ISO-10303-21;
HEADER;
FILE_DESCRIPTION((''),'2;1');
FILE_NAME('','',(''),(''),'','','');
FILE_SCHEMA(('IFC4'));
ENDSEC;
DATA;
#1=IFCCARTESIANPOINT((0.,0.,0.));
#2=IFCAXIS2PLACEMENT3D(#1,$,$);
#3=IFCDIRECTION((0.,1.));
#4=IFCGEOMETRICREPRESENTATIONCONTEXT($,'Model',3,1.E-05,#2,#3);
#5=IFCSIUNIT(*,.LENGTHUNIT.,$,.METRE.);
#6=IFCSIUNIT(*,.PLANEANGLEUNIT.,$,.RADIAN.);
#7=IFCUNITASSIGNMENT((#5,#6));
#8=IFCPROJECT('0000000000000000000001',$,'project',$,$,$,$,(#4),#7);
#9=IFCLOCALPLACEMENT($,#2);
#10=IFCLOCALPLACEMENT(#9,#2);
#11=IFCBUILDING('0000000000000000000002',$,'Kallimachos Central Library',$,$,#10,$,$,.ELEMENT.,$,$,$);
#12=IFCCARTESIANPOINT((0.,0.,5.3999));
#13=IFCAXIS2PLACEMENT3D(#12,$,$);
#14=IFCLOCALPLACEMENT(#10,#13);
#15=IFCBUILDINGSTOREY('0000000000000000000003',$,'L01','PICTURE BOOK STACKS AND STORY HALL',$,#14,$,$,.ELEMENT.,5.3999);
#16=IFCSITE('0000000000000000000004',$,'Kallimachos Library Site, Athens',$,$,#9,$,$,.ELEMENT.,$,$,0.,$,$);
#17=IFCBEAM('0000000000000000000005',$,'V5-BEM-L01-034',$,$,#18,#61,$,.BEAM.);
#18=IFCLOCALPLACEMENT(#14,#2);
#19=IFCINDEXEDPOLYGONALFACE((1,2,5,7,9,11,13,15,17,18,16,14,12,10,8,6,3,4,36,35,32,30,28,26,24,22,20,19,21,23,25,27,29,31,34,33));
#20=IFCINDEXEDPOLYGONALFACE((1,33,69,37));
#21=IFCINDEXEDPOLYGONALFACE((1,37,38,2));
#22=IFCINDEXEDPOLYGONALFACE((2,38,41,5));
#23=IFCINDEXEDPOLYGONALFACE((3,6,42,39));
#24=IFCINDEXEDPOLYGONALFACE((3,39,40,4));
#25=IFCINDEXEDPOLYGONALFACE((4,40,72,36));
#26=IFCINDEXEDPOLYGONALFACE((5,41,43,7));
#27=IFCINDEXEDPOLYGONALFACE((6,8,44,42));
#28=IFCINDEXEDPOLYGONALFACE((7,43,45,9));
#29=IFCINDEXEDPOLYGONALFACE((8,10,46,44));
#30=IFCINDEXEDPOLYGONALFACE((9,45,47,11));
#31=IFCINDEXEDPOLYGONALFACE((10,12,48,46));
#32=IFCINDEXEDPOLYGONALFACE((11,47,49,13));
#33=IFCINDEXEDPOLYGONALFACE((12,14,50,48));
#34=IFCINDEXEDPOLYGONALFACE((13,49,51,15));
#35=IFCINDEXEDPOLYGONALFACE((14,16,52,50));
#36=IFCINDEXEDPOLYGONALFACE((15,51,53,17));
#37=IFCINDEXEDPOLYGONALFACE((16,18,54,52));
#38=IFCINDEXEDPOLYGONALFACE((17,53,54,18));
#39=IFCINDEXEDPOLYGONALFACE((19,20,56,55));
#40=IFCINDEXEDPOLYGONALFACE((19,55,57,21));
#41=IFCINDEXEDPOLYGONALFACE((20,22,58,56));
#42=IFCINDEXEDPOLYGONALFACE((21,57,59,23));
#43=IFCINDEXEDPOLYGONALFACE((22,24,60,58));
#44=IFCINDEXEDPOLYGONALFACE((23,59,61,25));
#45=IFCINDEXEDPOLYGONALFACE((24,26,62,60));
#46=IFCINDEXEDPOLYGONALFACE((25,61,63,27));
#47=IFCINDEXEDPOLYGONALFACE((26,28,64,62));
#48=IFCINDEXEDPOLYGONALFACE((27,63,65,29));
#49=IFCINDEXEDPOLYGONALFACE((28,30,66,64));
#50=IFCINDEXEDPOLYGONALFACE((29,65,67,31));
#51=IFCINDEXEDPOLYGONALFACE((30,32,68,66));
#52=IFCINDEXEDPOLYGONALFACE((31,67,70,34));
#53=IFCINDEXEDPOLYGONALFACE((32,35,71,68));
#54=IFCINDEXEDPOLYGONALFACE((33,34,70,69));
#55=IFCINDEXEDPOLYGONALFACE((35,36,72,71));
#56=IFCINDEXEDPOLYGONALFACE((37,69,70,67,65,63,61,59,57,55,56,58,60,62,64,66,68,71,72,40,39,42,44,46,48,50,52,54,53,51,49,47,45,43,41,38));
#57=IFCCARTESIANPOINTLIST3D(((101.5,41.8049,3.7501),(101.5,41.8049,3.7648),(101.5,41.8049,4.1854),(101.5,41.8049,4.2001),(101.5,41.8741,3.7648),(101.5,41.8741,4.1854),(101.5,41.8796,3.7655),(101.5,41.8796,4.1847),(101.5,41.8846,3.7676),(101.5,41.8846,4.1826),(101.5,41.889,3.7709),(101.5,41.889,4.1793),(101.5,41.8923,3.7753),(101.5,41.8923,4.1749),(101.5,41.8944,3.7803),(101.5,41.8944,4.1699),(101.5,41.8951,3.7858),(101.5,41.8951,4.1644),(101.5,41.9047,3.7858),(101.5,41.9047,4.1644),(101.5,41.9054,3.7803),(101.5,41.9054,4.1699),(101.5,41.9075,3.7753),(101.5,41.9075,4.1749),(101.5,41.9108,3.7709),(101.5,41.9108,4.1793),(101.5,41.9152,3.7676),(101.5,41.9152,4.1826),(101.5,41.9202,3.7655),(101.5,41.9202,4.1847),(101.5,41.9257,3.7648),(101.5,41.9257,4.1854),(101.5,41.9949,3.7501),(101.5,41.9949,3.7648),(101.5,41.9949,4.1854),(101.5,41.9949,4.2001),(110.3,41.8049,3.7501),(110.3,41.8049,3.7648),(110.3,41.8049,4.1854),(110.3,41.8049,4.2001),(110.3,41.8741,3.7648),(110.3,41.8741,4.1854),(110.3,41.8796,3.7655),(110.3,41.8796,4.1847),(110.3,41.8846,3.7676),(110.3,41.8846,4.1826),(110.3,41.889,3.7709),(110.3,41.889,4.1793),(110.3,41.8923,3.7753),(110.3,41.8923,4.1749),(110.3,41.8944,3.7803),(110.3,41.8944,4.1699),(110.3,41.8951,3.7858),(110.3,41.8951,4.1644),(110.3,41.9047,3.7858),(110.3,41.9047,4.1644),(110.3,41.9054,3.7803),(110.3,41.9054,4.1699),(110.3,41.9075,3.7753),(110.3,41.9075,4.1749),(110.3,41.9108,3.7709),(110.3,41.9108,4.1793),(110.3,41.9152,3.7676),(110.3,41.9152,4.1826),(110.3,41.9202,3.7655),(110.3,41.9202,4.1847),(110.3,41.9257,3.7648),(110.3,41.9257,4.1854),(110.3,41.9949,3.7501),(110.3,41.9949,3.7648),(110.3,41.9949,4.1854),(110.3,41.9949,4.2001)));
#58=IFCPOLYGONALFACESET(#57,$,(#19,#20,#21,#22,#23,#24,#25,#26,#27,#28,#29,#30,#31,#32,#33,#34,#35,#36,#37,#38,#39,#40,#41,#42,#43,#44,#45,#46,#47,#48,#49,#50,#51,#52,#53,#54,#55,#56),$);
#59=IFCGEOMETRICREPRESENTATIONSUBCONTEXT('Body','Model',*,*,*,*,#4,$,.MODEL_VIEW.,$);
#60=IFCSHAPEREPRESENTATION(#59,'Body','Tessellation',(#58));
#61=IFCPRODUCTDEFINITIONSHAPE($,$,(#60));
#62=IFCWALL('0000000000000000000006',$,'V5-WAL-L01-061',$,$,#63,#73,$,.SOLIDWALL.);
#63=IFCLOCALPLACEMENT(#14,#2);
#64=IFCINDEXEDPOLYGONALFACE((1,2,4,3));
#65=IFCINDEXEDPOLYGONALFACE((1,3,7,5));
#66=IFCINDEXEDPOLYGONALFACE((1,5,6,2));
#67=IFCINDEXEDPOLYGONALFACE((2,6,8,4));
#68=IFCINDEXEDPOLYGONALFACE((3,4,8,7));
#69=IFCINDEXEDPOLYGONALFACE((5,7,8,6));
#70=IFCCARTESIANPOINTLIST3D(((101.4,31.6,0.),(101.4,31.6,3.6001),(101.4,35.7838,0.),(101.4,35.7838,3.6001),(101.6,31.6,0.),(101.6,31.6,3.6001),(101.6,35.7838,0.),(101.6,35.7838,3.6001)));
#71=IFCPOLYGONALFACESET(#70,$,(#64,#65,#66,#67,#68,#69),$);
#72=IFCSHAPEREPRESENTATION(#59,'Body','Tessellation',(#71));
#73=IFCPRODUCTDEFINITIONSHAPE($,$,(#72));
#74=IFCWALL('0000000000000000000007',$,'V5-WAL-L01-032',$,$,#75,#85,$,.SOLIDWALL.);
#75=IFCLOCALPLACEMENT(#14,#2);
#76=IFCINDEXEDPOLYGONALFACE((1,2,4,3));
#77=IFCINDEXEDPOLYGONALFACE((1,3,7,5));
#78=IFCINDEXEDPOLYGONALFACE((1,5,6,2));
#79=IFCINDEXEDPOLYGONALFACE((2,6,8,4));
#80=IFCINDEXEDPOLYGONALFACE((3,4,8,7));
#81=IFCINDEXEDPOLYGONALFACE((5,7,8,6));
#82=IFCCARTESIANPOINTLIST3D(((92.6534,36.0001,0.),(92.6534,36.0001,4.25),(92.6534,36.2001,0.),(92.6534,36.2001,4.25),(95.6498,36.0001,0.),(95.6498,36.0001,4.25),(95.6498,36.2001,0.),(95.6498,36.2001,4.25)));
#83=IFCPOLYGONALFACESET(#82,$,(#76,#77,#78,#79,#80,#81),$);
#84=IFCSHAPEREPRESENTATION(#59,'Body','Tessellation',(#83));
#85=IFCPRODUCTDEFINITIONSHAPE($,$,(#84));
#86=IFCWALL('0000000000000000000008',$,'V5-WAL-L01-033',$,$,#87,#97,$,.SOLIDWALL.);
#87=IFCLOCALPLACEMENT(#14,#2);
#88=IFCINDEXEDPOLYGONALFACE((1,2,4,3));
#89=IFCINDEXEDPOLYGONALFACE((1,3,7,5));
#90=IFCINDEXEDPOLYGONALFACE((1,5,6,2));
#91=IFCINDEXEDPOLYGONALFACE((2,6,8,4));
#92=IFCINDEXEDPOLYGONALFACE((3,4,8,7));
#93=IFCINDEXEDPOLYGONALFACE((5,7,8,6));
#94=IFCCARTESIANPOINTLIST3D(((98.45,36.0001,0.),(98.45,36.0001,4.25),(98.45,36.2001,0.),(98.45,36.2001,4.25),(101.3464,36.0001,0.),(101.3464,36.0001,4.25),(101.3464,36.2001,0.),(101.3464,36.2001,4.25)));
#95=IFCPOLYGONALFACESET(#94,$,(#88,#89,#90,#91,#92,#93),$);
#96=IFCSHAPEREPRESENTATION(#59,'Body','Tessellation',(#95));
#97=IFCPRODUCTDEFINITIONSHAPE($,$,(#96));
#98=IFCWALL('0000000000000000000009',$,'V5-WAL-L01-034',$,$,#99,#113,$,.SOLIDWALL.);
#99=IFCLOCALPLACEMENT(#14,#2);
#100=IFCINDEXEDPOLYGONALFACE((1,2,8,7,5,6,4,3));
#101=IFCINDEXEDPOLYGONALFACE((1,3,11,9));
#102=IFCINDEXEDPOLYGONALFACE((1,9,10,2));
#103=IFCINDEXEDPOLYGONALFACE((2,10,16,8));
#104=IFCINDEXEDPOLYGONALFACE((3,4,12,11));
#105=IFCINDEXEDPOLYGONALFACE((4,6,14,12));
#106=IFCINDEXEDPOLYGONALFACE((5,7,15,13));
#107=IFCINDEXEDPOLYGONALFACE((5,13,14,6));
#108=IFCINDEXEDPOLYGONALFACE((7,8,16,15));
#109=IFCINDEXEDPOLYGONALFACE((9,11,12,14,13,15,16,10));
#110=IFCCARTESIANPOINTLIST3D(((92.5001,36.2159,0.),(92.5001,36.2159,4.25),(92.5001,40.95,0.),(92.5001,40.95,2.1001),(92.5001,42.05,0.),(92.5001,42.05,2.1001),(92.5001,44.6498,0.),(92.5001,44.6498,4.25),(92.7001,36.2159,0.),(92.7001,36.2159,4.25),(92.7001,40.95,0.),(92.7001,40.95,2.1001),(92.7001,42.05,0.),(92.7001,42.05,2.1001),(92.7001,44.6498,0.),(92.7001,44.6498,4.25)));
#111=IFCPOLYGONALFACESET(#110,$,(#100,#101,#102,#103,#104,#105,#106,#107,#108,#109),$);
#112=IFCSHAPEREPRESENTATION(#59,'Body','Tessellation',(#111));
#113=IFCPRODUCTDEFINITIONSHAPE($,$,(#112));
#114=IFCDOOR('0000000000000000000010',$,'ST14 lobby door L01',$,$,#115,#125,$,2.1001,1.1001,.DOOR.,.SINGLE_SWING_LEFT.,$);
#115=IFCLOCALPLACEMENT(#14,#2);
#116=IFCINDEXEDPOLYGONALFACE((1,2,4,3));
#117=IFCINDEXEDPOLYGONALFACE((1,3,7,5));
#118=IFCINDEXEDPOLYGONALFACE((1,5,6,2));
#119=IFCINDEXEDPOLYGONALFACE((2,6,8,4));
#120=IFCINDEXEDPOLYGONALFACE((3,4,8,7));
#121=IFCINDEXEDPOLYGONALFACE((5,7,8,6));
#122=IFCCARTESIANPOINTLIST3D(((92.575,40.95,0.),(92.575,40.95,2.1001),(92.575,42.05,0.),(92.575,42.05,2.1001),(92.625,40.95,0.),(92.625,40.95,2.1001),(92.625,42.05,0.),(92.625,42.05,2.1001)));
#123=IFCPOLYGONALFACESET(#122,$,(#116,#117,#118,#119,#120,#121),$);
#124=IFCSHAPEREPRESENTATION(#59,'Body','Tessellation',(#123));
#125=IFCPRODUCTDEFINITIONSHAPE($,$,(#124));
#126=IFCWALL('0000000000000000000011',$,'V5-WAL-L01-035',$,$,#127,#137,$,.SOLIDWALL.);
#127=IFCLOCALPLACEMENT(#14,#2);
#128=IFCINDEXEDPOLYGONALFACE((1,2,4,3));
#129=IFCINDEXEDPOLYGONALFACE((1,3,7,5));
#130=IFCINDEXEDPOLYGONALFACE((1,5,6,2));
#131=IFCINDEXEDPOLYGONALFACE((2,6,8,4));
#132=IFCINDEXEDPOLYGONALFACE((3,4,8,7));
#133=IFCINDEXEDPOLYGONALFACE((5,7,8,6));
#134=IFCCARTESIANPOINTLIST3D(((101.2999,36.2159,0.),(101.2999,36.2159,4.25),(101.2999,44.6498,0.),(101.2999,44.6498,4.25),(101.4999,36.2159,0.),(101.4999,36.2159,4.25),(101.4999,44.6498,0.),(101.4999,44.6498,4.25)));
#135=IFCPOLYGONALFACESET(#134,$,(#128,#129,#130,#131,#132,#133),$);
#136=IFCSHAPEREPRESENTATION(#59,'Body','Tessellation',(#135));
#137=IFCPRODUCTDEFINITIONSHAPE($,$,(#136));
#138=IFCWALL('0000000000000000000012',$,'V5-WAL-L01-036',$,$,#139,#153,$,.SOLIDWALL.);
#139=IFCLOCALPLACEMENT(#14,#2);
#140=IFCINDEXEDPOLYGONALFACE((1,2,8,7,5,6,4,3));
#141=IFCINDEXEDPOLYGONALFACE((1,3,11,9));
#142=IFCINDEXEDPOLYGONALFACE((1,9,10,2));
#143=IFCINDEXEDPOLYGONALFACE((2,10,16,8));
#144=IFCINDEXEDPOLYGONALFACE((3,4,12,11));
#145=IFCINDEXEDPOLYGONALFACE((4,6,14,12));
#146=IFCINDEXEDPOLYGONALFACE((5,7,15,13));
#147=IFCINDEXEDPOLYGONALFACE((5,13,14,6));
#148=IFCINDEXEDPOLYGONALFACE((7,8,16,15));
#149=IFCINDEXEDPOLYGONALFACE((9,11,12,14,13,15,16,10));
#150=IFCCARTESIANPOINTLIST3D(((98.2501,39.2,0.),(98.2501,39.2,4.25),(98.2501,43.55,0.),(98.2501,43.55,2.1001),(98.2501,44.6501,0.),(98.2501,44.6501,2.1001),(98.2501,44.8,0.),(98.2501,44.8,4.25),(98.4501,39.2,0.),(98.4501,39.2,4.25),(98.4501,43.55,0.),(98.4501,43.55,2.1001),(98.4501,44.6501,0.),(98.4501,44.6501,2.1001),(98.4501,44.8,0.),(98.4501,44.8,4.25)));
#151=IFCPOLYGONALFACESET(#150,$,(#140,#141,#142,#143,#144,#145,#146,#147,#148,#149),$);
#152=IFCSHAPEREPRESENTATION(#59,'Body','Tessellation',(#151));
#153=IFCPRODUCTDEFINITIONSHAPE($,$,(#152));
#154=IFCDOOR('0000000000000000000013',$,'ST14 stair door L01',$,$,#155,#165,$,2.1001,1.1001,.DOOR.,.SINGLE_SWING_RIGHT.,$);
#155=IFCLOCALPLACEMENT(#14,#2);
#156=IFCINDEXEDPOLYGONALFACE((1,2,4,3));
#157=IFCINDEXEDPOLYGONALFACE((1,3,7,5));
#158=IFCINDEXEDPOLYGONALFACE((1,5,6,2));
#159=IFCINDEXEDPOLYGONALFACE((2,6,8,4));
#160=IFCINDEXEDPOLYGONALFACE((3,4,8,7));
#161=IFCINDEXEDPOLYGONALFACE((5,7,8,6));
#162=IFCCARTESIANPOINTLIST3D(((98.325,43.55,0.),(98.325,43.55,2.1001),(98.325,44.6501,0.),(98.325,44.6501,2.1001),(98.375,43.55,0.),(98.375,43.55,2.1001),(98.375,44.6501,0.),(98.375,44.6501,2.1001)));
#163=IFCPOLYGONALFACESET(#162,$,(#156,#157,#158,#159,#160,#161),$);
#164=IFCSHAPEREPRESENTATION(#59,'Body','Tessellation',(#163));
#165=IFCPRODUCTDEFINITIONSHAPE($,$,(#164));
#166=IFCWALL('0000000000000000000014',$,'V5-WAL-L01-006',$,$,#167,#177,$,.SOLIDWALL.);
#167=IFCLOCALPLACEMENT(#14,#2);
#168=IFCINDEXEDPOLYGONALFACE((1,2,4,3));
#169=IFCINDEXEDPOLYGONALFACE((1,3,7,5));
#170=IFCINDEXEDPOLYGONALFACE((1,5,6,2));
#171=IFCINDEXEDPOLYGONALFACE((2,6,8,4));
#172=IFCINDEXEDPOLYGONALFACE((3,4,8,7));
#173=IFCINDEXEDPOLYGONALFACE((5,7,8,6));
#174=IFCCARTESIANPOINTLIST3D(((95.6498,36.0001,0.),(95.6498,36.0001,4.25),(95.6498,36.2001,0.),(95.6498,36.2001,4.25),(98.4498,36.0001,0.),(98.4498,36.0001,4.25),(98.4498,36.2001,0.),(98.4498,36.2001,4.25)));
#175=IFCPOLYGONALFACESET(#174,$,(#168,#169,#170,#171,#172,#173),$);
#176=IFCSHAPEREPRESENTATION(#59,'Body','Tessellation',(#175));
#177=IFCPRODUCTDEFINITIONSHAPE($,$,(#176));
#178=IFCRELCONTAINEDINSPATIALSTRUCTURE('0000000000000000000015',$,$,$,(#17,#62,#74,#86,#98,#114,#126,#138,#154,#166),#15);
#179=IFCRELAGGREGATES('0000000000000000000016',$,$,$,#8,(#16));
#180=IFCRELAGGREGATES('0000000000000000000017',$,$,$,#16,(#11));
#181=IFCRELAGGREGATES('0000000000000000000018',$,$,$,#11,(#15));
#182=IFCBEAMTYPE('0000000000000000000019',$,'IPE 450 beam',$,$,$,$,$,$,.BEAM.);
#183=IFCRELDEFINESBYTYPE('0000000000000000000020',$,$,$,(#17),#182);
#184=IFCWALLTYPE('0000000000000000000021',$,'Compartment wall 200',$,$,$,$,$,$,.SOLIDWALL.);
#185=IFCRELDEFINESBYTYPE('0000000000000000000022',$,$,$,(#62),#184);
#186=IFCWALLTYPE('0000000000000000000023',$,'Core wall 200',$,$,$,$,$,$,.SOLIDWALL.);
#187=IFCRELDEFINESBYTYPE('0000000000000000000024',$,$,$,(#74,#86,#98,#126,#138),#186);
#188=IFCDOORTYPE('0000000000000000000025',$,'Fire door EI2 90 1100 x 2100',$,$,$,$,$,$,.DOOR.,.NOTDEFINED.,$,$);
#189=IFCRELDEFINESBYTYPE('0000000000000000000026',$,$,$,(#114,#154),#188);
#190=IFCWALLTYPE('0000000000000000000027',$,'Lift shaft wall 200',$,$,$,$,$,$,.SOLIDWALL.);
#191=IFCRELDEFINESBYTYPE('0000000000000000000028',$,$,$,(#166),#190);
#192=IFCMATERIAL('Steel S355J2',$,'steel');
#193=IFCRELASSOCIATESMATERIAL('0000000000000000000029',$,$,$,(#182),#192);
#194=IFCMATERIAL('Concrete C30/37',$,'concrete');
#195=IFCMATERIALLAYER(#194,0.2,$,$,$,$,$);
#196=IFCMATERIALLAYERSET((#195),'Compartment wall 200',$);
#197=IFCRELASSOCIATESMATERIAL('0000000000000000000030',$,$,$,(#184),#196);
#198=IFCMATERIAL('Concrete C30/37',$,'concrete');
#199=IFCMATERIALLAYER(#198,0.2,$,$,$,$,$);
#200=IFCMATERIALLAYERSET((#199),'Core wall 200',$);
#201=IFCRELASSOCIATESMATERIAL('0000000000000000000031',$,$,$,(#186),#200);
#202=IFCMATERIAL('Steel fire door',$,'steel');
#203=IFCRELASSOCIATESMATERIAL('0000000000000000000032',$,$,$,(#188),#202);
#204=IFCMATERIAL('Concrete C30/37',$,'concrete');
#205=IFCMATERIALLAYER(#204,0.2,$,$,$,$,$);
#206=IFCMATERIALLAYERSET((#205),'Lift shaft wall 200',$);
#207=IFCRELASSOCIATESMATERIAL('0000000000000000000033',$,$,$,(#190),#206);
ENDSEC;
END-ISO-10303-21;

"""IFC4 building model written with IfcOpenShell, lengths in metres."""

from ifc_helpers import new_model, si_unit, direction, frame, frame_2d, origin, origin_2d, place, context, subcontext, project, spatial, rectangle, i_section, extrude, material, layer, layer_set, material_profile, profile_set, type_object, element, fill, save


model = new_model("IFC4")

# Units and contexts
model_context = context("Model", 3, precision=1e-05, world=origin(), true_north=direction((0.0, 1.0)))
body_context = subcontext(model_context, "Body", "Model", "MODEL_VIEW")
ifc_project = project(units=[si_unit("LENGTHUNIT", "METRE"), si_unit("PLANEANGLEUNIT", "RADIAN")], contexts=[model_context])

# Site, building, storey
site_placement = place(None, origin())
site = spatial("IfcSite", under=ifc_project, at=site_placement, Name="Kallimachos Library Site, Athens", CompositionType="ELEMENT", RefElevation=0.0)
building_placement = place(site_placement, origin())
building = spatial("IfcBuilding", under=site, at=building_placement, Name="Kallimachos Central Library", CompositionType="ELEMENT")
storey_placement = place(building_placement, frame((0.0, 0.0, 5.3999)))
storey = spatial("IfcBuildingStorey", under=building, at=storey_placement, Name="L01", Description="PICTURE BOOK STACKS AND STORY HALL", CompositionType="ELEMENT", Elevation=5.3999)

# Beam
ifc_material_1 = material(Name="Steel S355J2", Category="steel")
ifc_material_profile_1 = material_profile(ifc_material_1, i_section(OverallWidth=0.1899, OverallDepth=0.45, WebThickness=0.0095, FlangeThickness=0.0146, FilletRadius=0.021, at=origin_2d()), Name="IPE 450")
ifc_profile_set_1 = profile_set([ifc_material_profile_1], Name="Steel S355J2")
beam_type_1 = type_object("IfcBeamType", Name="IPE 450 beam", PredefinedType="BEAM", material=ifc_profile_set_1)
for number, where, z_axis, x_axis, name in (
    (1, (101.5, 41.8999, 3.9751), (1.0, 0.0, 0.0), (0.0, 1.0, 0.0), "V5-BEM-L01-034"),
):
    element("IfcBeam", number, at=place(storey_placement, frame(where, z_axis=z_axis, x_axis=x_axis)), inside=storey, type_object=beam_type_1, Name=name, PredefinedType="BEAM", context=body_context, shape_type="SweptSolid", body=[
        extrude(i_section(OverallWidth=0.1899, OverallDepth=0.45, WebThickness=0.0095, FlangeThickness=0.0146, FilletRadius=0.021, at=origin_2d()), origin(), (0.0, 0.0, 1.0), 8.8),
    ])

# Walls
ifc_material_2 = material(Name="Concrete C30/37", Category="concrete")
ifc_layer_1 = layer(ifc_material_2, 0.2)
ifc_layer_set_1 = layer_set([ifc_layer_1], Name="Compartment wall 200")
wall_type_1 = type_object("IfcWallType", Name="Compartment wall 200", PredefinedType="SOLIDWALL", material=ifc_layer_set_1)
wall_1_placement = place(storey_placement, frame((101.5, 31.6001, 0.0), z_axis=(0.0, 0.0, 1.0), x_axis=(0.0, 1.0, 0.0)))
element("IfcWall", 2, at=wall_1_placement, inside=storey, type_object=wall_type_1, Name="V5-WAL-L01-061", PredefinedType="SOLIDWALL", context=body_context, shape_type="SweptSolid", body=[
    extrude(rectangle(XDim=4.1838, YDim=0.2, at=frame_2d((2.0918, 0.0))), origin(), (0.0, 0.0, 1.0), 3.6001),
])
ifc_material_3 = material(Name="Concrete C30/37", Category="concrete")
ifc_layer_2 = layer(ifc_material_3, 0.2)
ifc_layer_set_2 = layer_set([ifc_layer_2], Name="Core wall 200")
wall_type_2 = type_object("IfcWallType", Name="Core wall 200", PredefinedType="SOLIDWALL", material=ifc_layer_set_2)
wall_2_placement = place(storey_placement, frame((92.6536, 36.1001, 0.0), z_axis=(0.0, 0.0, 1.0), x_axis=(1.0, 0.0, 0.0)))
element("IfcWall", 3, at=wall_2_placement, inside=storey, type_object=wall_type_2, Name="V5-WAL-L01-032", PredefinedType="SOLIDWALL", context=body_context, shape_type="SweptSolid", body=[
    extrude(rectangle(XDim=2.9963, YDim=0.2, at=frame_2d((1.498, 0.0))), origin(), (0.0, 0.0, 1.0), 4.25),
])
wall_3_placement = place(storey_placement, frame((98.45, 36.1001, 0.0), z_axis=(0.0, 0.0, 1.0), x_axis=(1.0, 0.0, 0.0)))
element("IfcWall", 4, at=wall_3_placement, inside=storey, type_object=wall_type_2, Name="V5-WAL-L01-033", PredefinedType="SOLIDWALL", context=body_context, shape_type="SweptSolid", body=[
    extrude(rectangle(XDim=2.8965, YDim=0.2, at=frame_2d((1.4482, 0.0))), origin(), (0.0, 0.0, 1.0), 4.25),
])

# Wall, opening, door
wall_4_placement = place(storey_placement, frame((92.6001, 36.2161, 0.0), z_axis=(0.0, 0.0, 1.0), x_axis=(0.0, 1.0, 0.0)))
wall_4 = element("IfcWall", 5, at=wall_4_placement, inside=storey, type_object=wall_type_2, Name="V5-WAL-L01-034", PredefinedType="SOLIDWALL", context=body_context, shape_type="SweptSolid", body=[
    extrude(rectangle(XDim=8.4338, YDim=0.2, at=frame_2d((4.2168, 0.0))), origin(), (0.0, 0.0, 1.0), 4.25),
])
opening_1_placement = place(wall_4_placement, frame((4.7339, 0.0, 0.0)))
opening_1 = element("IfcOpeningElement", 6, at=opening_1_placement, cuts=wall_4, PredefinedType="OPENING", context=body_context, shape_type="SweptSolid", body=[
    extrude(rectangle(XDim=1.1001, YDim=2.1001, at=frame_2d((0.55, 1.05))), frame((0.0, 0.1099, 0.0), z_axis=(0.0, -1.0, 0.0), x_axis=(1.0, 0.0, 0.0)), (0.0, 0.0, 1.0), 0.22),
])
ifc_material_4 = material(Name="Steel fire door", Category="steel")
door_type_1 = type_object("IfcDoorType", Name="Fire door EI2 90 1100 x 2100", OperationType="NOTDEFINED", PredefinedType="DOOR", material=ifc_material_4)
door_1_placement = place(opening_1_placement, frame((1.1001, 0.0, 0.0), z_axis=(0.0, 0.0, 1.0), x_axis=(-1.0, 0.0, 0.0)))
door_1 = element("IfcDoor", 7, at=door_1_placement, inside=storey, type_object=door_type_1, Name="ST14 lobby door L01", OperationType="SINGLE_SWING_LEFT", OverallHeight=2.1001, OverallWidth=1.1001, PredefinedType="DOOR", context=body_context, shape_type="SweptSolid", body=[
    extrude(rectangle(XDim=1.1001, YDim=2.1001, at=frame_2d((0.55, 1.05))), frame((0.0, 0.0249, 0.0), z_axis=(0.0, -1.0, 0.0), x_axis=(1.0, 0.0, 0.0)), (0.0, 0.0, 1.0), 0.05),
])
fill(opening_1, door_1)

# Wall
wall_5_placement = place(storey_placement, frame((101.3999, 36.2161, 0.0), z_axis=(0.0, 0.0, 1.0), x_axis=(0.0, 1.0, 0.0)))
element("IfcWall", 8, at=wall_5_placement, inside=storey, type_object=wall_type_2, Name="V5-WAL-L01-035", PredefinedType="SOLIDWALL", context=body_context, shape_type="SweptSolid", body=[
    extrude(rectangle(XDim=8.4338, YDim=0.2, at=frame_2d((4.2168, 0.0))), origin(), (0.0, 0.0, 1.0), 4.25),
])

# Wall, opening, door
wall_6_placement = place(storey_placement, frame((98.3501, 39.2, 0.0), z_axis=(0.0, 0.0, 1.0), x_axis=(0.0, 1.0, 0.0)))
wall_6 = element("IfcWall", 9, at=wall_6_placement, inside=storey, type_object=wall_type_2, Name="V5-WAL-L01-036", PredefinedType="SOLIDWALL", context=body_context, shape_type="SweptSolid", body=[
    extrude(rectangle(XDim=5.6001, YDim=0.2, at=frame_2d((2.8, 0.0))), origin(), (0.0, 0.0, 1.0), 4.25),
])
opening_2_placement = place(wall_6_placement, frame((4.3501, 0.0, 0.0)))
opening_2 = element("IfcOpeningElement", 10, at=opening_2_placement, cuts=wall_6, PredefinedType="OPENING", context=body_context, shape_type="SweptSolid", body=[
    extrude(rectangle(XDim=1.1001, YDim=2.1001, at=frame_2d((0.55, 1.05))), frame((0.0, 0.1099, 0.0), z_axis=(0.0, -1.0, 0.0), x_axis=(1.0, 0.0, 0.0)), (0.0, 0.0, 1.0), 0.22),
])
door_2_placement = place(opening_2_placement, frame((1.1001, 0.0, 0.0), z_axis=(0.0, 0.0, 1.0), x_axis=(-1.0, 0.0, 0.0)))
door_2 = element("IfcDoor", 11, at=door_2_placement, inside=storey, type_object=door_type_1, Name="ST14 stair door L01", OperationType="SINGLE_SWING_RIGHT", OverallHeight=2.1001, OverallWidth=1.1001, PredefinedType="DOOR", context=body_context, shape_type="SweptSolid", body=[
    extrude(rectangle(XDim=1.1001, YDim=2.1001, at=frame_2d((0.55, 1.05))), frame((0.0, 0.0249, 0.0), z_axis=(0.0, -1.0, 0.0), x_axis=(1.0, 0.0, 0.0)), (0.0, 0.0, 1.0), 0.05),
])
fill(opening_2, door_2)

# Wall
ifc_material_5 = material(Name="Concrete C30/37", Category="concrete")
ifc_layer_3 = layer(ifc_material_5, 0.2)
ifc_layer_set_3 = layer_set([ifc_layer_3], Name="Lift shaft wall 200")
wall_type_3 = type_object("IfcWallType", Name="Lift shaft wall 200", PredefinedType="SOLIDWALL", material=ifc_layer_set_3)
wall_7_placement = place(storey_placement, frame((95.6499, 36.1001, 0.0), z_axis=(0.0, 0.0, 1.0), x_axis=(1.0, 0.0, 0.0)))
element("IfcWall", 12, at=wall_7_placement, inside=storey, type_object=wall_type_3, Name="V5-WAL-L01-006", PredefinedType="SOLIDWALL", context=body_context, shape_type="SweptSolid", body=[
    extrude(rectangle(XDim=2.8, YDim=0.2, at=frame_2d((1.3999, 0.0))), origin(), (0.0, 0.0, 1.0), 4.25),
])

save(model, "model.ifc")
